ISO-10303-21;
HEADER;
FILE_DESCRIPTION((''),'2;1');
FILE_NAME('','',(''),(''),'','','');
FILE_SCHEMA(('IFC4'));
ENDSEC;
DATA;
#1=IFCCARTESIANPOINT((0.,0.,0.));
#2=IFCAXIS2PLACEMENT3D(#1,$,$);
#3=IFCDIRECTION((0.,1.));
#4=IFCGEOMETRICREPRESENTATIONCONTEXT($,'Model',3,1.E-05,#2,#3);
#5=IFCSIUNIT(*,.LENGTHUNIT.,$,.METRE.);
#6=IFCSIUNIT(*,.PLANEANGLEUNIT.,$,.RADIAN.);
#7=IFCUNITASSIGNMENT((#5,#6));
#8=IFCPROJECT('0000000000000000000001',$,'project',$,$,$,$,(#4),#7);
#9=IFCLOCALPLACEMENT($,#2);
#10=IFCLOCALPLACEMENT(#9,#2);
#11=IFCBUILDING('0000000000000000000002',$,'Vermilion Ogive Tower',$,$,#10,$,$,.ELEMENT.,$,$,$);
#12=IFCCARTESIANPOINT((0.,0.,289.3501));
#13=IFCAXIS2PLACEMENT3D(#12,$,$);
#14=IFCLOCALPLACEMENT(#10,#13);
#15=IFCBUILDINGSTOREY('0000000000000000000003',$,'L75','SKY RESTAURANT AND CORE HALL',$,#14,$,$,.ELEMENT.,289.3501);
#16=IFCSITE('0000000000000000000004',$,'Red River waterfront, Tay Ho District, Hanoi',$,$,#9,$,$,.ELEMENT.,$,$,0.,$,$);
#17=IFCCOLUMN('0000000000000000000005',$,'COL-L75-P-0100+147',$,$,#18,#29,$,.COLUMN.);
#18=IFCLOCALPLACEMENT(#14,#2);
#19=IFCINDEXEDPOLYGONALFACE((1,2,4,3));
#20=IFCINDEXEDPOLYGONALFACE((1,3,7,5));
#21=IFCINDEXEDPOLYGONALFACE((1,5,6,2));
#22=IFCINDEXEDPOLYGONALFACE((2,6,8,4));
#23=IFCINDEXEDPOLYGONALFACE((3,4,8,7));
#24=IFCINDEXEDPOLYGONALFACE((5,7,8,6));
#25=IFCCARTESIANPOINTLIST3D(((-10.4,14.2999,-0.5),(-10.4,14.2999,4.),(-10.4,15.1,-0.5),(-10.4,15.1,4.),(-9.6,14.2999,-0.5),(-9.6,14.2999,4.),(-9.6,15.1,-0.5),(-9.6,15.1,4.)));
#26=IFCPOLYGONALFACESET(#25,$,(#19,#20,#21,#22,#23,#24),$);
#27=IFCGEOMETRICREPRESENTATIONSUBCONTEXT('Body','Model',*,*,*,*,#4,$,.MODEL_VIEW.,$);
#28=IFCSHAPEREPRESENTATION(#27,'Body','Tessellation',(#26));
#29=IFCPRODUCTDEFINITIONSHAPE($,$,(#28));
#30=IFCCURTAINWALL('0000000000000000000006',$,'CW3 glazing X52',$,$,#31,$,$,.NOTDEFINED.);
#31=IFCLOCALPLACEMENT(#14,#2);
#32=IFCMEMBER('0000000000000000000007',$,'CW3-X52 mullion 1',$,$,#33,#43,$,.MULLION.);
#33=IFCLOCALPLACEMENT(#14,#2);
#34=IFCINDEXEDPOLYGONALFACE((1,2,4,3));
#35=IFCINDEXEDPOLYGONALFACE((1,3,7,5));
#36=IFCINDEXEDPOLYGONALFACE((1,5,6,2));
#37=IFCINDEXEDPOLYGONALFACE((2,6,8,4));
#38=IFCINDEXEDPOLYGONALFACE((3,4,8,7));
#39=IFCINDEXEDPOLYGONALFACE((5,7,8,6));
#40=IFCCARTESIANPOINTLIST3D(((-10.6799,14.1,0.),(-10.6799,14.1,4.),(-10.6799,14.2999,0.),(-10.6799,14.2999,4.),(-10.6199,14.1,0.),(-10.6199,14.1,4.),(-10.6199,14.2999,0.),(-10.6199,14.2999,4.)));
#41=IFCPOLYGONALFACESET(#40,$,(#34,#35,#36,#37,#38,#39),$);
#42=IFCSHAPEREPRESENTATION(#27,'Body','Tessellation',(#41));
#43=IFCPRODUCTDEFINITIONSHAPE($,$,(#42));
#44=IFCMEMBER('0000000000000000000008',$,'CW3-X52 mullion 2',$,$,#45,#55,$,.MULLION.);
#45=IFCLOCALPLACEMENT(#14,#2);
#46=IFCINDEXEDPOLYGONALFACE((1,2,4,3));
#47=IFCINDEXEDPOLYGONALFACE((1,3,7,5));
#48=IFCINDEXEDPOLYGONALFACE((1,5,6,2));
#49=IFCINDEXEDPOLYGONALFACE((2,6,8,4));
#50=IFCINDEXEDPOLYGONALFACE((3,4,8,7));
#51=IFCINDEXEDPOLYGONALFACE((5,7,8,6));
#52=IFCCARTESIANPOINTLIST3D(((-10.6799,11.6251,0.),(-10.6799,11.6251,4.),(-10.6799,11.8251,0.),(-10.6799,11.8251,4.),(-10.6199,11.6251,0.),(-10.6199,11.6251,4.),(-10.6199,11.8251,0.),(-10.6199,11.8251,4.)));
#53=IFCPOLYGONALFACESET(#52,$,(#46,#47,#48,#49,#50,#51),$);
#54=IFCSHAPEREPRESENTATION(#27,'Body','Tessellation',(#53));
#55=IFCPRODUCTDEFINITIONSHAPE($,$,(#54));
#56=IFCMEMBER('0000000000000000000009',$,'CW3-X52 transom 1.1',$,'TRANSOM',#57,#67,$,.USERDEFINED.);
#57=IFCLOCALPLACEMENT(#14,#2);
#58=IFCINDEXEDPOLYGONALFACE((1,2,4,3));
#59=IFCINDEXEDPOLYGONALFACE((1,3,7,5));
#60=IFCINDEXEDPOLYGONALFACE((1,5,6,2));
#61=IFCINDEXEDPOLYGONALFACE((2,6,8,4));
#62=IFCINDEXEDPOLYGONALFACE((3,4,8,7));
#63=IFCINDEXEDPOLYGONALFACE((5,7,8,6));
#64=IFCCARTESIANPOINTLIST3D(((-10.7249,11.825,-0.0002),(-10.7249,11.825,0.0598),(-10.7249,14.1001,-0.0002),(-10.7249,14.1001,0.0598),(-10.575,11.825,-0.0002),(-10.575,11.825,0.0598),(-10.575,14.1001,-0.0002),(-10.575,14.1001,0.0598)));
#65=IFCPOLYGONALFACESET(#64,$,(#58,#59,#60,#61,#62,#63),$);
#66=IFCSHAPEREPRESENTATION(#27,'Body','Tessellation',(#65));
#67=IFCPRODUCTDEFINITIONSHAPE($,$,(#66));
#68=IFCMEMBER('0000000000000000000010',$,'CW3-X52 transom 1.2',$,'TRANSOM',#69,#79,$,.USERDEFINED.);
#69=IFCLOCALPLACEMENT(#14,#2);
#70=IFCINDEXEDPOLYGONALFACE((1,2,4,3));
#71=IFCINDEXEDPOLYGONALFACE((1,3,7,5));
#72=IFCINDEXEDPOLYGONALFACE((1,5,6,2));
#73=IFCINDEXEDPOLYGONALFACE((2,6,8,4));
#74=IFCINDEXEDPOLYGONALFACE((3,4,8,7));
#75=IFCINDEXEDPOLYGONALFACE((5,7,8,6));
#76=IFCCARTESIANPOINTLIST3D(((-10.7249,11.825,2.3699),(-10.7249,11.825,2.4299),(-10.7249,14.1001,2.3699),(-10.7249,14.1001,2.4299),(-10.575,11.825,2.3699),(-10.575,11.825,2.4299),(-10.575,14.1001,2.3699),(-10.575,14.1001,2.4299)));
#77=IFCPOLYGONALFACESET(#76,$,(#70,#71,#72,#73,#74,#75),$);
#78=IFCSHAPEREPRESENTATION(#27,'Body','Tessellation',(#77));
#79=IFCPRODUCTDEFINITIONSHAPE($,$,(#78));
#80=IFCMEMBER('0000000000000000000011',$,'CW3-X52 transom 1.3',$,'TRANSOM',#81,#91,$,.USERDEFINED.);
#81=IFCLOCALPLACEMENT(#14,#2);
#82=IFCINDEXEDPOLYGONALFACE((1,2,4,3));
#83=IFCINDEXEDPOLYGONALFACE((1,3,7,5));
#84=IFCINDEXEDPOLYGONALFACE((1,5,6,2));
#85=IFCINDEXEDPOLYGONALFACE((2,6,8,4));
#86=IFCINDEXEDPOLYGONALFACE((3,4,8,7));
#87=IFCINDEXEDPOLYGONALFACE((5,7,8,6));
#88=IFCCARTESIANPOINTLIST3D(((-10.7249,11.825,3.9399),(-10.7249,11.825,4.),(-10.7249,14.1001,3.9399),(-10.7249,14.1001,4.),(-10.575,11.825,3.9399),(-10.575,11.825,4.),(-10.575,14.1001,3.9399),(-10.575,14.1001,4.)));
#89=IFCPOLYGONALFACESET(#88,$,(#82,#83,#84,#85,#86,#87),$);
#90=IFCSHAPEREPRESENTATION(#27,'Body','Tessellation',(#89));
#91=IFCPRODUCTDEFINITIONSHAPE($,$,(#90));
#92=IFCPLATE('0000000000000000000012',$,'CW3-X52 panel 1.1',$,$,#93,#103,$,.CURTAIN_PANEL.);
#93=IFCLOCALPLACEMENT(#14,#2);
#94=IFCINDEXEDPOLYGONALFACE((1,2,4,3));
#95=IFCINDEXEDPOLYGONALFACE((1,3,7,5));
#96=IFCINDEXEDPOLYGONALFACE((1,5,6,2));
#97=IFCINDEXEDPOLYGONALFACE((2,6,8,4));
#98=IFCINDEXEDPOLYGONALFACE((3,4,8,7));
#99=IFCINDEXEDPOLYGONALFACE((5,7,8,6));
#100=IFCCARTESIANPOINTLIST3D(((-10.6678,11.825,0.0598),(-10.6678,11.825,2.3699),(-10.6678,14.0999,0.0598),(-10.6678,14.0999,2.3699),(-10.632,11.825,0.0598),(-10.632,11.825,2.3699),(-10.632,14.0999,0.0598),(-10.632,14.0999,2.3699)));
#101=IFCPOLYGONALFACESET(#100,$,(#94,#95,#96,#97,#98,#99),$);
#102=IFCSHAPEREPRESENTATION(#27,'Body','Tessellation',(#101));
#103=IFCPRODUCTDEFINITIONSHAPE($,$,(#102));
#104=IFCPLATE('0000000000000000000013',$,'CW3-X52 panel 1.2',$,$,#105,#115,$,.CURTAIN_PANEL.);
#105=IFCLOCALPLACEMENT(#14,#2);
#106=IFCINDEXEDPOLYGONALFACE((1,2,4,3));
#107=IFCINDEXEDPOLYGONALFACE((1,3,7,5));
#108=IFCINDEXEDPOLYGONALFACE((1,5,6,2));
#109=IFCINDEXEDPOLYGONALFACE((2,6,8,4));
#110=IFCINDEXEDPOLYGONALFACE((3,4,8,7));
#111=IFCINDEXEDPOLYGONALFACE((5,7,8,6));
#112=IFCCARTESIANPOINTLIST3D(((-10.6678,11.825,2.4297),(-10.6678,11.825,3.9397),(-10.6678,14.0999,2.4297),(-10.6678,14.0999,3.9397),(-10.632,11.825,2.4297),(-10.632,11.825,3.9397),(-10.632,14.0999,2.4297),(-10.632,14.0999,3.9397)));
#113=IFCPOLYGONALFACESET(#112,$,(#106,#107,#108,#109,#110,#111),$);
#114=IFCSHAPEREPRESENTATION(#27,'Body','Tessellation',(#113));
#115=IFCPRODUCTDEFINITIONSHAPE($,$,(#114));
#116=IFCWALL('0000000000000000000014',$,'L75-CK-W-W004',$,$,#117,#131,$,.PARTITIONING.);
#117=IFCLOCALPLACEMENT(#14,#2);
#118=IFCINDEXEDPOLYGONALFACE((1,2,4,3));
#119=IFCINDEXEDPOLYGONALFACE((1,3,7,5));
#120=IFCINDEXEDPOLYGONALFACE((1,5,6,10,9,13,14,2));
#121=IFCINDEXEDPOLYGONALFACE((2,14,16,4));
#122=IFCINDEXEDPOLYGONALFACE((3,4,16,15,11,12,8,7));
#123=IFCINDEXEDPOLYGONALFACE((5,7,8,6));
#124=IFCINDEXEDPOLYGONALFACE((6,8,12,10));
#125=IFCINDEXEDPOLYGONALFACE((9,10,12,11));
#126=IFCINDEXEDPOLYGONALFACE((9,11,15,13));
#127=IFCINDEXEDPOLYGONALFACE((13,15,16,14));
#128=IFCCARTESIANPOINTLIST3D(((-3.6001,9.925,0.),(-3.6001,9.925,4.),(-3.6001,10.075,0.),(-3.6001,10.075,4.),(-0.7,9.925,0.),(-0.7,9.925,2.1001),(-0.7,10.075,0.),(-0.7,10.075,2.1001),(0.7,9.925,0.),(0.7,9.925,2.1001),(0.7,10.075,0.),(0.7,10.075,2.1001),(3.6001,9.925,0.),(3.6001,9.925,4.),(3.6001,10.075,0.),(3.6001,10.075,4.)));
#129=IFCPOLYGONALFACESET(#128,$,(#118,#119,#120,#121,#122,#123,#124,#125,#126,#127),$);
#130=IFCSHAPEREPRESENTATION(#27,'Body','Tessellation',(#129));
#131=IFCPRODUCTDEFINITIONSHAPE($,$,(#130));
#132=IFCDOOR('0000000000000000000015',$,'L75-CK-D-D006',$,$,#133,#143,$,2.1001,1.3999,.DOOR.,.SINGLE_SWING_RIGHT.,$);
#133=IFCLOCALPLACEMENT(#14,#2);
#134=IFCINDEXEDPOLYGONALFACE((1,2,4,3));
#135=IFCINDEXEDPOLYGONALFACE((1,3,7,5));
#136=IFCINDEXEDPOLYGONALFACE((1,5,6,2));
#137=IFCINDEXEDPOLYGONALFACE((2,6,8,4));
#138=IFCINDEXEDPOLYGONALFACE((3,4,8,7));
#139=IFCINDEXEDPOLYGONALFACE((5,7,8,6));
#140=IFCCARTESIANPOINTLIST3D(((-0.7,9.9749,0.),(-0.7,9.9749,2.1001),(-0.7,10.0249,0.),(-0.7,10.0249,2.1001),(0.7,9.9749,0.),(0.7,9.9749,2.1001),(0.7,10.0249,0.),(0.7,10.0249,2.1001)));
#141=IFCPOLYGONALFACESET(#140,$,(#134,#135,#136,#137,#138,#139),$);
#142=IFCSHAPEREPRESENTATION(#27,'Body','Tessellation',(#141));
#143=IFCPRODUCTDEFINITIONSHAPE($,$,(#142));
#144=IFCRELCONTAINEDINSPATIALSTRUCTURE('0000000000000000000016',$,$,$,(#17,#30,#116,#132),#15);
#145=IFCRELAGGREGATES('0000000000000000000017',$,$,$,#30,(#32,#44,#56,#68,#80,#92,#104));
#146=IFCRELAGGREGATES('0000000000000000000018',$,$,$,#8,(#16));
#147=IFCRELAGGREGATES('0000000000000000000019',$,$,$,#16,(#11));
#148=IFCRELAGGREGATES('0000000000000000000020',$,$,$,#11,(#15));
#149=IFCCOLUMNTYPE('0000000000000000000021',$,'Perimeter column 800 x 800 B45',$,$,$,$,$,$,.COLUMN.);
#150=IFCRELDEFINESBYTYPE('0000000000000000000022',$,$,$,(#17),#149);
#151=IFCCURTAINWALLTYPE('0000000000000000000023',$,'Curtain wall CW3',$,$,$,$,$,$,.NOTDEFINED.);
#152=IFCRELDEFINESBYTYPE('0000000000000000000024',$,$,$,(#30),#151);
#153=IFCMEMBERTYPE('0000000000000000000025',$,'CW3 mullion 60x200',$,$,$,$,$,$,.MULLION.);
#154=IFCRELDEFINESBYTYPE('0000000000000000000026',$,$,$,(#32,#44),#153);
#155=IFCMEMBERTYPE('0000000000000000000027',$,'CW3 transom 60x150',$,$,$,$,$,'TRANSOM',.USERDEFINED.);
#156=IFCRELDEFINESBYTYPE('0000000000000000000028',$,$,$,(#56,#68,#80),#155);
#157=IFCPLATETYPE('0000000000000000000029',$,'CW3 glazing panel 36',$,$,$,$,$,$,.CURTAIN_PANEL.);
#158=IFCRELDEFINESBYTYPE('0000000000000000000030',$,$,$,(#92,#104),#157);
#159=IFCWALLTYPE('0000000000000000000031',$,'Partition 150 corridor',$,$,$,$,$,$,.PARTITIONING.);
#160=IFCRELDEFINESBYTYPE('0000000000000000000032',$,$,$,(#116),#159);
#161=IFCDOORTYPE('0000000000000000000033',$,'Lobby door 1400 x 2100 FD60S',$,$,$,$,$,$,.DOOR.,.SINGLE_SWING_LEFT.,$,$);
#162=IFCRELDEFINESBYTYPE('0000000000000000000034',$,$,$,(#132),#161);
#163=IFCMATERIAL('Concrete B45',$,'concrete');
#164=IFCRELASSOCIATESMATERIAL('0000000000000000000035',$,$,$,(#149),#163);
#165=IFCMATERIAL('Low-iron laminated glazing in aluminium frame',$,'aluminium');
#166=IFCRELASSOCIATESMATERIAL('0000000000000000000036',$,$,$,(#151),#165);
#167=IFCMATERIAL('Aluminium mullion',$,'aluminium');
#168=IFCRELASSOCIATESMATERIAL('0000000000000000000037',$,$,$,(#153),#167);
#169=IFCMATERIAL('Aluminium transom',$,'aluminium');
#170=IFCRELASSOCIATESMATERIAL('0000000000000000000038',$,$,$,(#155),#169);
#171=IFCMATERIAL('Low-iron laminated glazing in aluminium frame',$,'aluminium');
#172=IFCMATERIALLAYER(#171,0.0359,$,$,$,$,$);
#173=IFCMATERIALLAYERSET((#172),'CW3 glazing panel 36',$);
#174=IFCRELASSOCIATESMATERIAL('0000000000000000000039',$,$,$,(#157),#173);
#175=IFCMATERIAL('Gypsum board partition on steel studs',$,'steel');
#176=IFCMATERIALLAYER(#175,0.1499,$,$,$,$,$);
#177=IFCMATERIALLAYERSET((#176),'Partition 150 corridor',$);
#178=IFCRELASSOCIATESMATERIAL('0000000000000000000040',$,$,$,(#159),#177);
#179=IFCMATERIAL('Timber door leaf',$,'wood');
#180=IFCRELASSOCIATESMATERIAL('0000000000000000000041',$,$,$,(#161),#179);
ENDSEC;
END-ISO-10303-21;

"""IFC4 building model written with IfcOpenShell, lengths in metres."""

from ifc_helpers import new_model, si_unit, direction, frame, frame_2d, origin, origin_2d, place, context, subcontext, project, spatial, rectangle, extrude, material, layer, layer_set, material_profile, profile_set, type_object, element, fill, aggregate, save


model = new_model("IFC4")

# Units and contexts
model_context = context("Model", 3, precision=1e-05, world=origin(), true_north=direction((0.0, 1.0)))
body_context = subcontext(model_context, "Body", "Model", "MODEL_VIEW")
ifc_project = project(units=[si_unit("LENGTHUNIT", "METRE"), si_unit("PLANEANGLEUNIT", "RADIAN")], contexts=[model_context])

# Site, building, storey
site_placement = place(None, origin())
site = spatial("IfcSite", under=ifc_project, at=site_placement, Name="Red River waterfront, Tay Ho District, Hanoi", CompositionType="ELEMENT", RefElevation=0.0)
building_placement = place(site_placement, origin())
building = spatial("IfcBuilding", under=site, at=building_placement, Name="Vermilion Ogive Tower", CompositionType="ELEMENT")
storey_placement = place(building_placement, frame((0.0, 0.0, 289.3501)))
storey = spatial("IfcBuildingStorey", under=building, at=storey_placement, Name="L75", Description="SKY RESTAURANT AND CORE HALL", CompositionType="ELEMENT", Elevation=289.3501)

# Column
ifc_material_1 = material(Name="Concrete B45", Category="concrete")
ifc_material_profile_1 = material_profile(ifc_material_1, rectangle(XDim=0.8, YDim=0.8, at=origin_2d()), Name="800 x 800")
ifc_profile_set_1 = profile_set([ifc_material_profile_1], Name="Concrete B45")
column_type = type_object("IfcColumnType", Name="Perimeter column 800 x 800 B45", PredefinedType="COLUMN", material=ifc_profile_set_1)
column_placement = place(storey_placement, frame((-10.0, 14.7, -0.5), z_axis=(0.0, 0.0, 1.0), x_axis=(1.0, 0.0, 0.0)))
element("IfcColumn", 1, at=column_placement, inside=storey, type_object=column_type, Name="COL-L75-P-0100+147", PredefinedType="COLUMN", context=body_context, shape_type="SweptSolid", body=[
    extrude(rectangle(XDim=0.8, YDim=0.8, at=origin_2d()), origin(), (0.0, 0.0, 1.0), 4.5),
])

# Curtain wall, members, plates
ifc_material_2 = material(Name="Low-iron laminated glazing in aluminium frame", Category="aluminium")
curtain_wall_type = type_object("IfcCurtainWallType", Name="Curtain wall CW3", PredefinedType="NOTDEFINED", material=ifc_material_2)
curtain_wall_placement = place(storey_placement, origin())
curtain_wall = element("IfcCurtainWall", 2, at=curtain_wall_placement, inside=storey, type_object=curtain_wall_type, Name="CW3 glazing X52", PredefinedType="NOTDEFINED")
ifc_material_3 = material(Name="Aluminium mullion", Category="aluminium")
ifc_material_profile_2 = material_profile(ifc_material_3, rectangle(XDim=0.0601, YDim=0.2, at=origin_2d()), Name="AL 60x200")
ifc_profile_set_2 = profile_set([ifc_material_profile_2], Name="Aluminium mullion")
member_type_1 = type_object("IfcMemberType", Name="CW3 mullion 60x200", PredefinedType="MULLION", material=ifc_profile_set_2)
member_1_placement = place(storey_placement, frame((-10.6499, 14.2, 0.0), z_axis=(0.0, 0.0, 1.0), x_axis=(1.0, 0.0, 0.0)))
member_1 = element("IfcMember", 3, at=member_1_placement, type_object=member_type_1, Name="CW3-X52 mullion 1", PredefinedType="MULLION", context=body_context, shape_type="SweptSolid", body=[
    extrude(rectangle(XDim=0.0601, YDim=0.2, at=origin_2d()), origin(), (0.0, 0.0, 1.0), 4.0),
])
member_2_placement = place(storey_placement, frame((-10.6499, 11.7251, 0.0), z_axis=(0.0, 0.0, 1.0), x_axis=(1.0, 0.0, 0.0)))
member_2 = element("IfcMember", 4, at=member_2_placement, type_object=member_type_1, Name="CW3-X52 mullion 2", PredefinedType="MULLION", context=body_context, shape_type="SweptSolid", body=[
    extrude(rectangle(XDim=0.0601, YDim=0.2, at=origin_2d()), origin(), (0.0, 0.0, 1.0), 4.0),
])
ifc_material_4 = material(Name="Aluminium transom", Category="aluminium")
ifc_material_profile_3 = material_profile(ifc_material_4, rectangle(XDim=0.1499, YDim=0.0601, at=origin_2d()), Name="AL 60x150")
ifc_profile_set_3 = profile_set([ifc_material_profile_3], Name="Aluminium transom")
member_type_2 = type_object("IfcMemberType", Name="CW3 transom 60x150", ElementType="TRANSOM", PredefinedType="USERDEFINED", material=ifc_profile_set_3)
member_3_placement = place(storey_placement, frame((-10.6499, 14.1001, 0.0298), z_axis=(0.0, -1.0, 0.0), x_axis=(1.0, 0.0, 0.0)))
member_3 = element("IfcMember", 5, at=member_3_placement, type_object=member_type_2, Name="CW3-X52 transom 1.1", ObjectType="TRANSOM", PredefinedType="USERDEFINED", context=body_context, shape_type="SweptSolid", body=[
    extrude(rectangle(XDim=0.1499, YDim=0.0601, at=origin_2d()), origin(), (0.0, 0.0, 1.0), 2.2751),
])
member_4_placement = place(storey_placement, frame((-10.6499, 14.1001, 2.3999), z_axis=(0.0, -1.0, 0.0), x_axis=(1.0, 0.0, 0.0)))
member_4 = element("IfcMember", 6, at=member_4_placement, type_object=member_type_2, Name="CW3-X52 transom 1.2", ObjectType="TRANSOM", PredefinedType="USERDEFINED", context=body_context, shape_type="SweptSolid", body=[
    extrude(rectangle(XDim=0.1499, YDim=0.0601, at=origin_2d()), origin(), (0.0, 0.0, 1.0), 2.2751),
])
member_5_placement = place(storey_placement, frame((-10.6499, 14.1001, 3.97), z_axis=(0.0, -1.0, 0.0), x_axis=(1.0, 0.0, 0.0)))
member_5 = element("IfcMember", 7, at=member_5_placement, type_object=member_type_2, Name="CW3-X52 transom 1.3", ObjectType="TRANSOM", PredefinedType="USERDEFINED", context=body_context, shape_type="SweptSolid", body=[
    extrude(rectangle(XDim=0.1499, YDim=0.0601, at=origin_2d()), origin(), (0.0, 0.0, 1.0), 2.2751),
])
ifc_material_5 = material(Name="Low-iron laminated glazing in aluminium frame", Category="aluminium")
ifc_layer_1 = layer(ifc_material_5, 0.0359)
ifc_layer_set_1 = layer_set([ifc_layer_1], Name="CW3 glazing panel 36")
plate_type = type_object("IfcPlateType", Name="CW3 glazing panel 36", PredefinedType="CURTAIN_PANEL", material=ifc_layer_set_1)
plate_1_placement = place(storey_placement, frame((-10.6499, 12.9624, 0.0598), z_axis=(0.0, 0.0, 1.0), x_axis=(0.0, -1.0, 0.0)))
plate_1 = element("IfcPlate", 8, at=plate_1_placement, type_object=plate_type, Name="CW3-X52 panel 1.1", PredefinedType="CURTAIN_PANEL", context=body_context, shape_type="SweptSolid", body=[
    extrude(rectangle(XDim=2.2749, YDim=0.0359, at=origin_2d()), origin(), (0.0, 0.0, 1.0), 2.3101),
])
plate_2_placement = place(storey_placement, frame((-10.6499, 12.9624, 2.4297), z_axis=(0.0, 0.0, 1.0), x_axis=(0.0, -1.0, 0.0)))
plate_2 = element("IfcPlate", 9, at=plate_2_placement, type_object=plate_type, Name="CW3-X52 panel 1.2", PredefinedType="CURTAIN_PANEL", context=body_context, shape_type="SweptSolid", body=[
    extrude(rectangle(XDim=2.2749, YDim=0.0359, at=origin_2d()), origin(), (0.0, 0.0, 1.0), 1.51),
])
aggregate(curtain_wall, [member_1, member_2, member_3, member_4, member_5, plate_1, plate_2])

# Wall, opening, door
ifc_material_6 = material(Name="Gypsum board partition on steel studs", Category="steel")
ifc_layer_2 = layer(ifc_material_6, 0.1499)
ifc_layer_set_2 = layer_set([ifc_layer_2], Name="Partition 150 corridor")
wall_type_1 = type_object("IfcWallType", Name="Partition 150 corridor", PredefinedType="PARTITIONING", material=ifc_layer_set_2)
wall_1_placement = place(storey_placement, frame((-3.6001, 10.0, 0.0), z_axis=(0.0, 0.0, 1.0), x_axis=(1.0, 0.0, 0.0)))
wall_1 = element("IfcWall", 10, at=wall_1_placement, inside=storey, type_object=wall_type_1, Name="L75-CK-W-W004", PredefinedType="PARTITIONING", context=body_context, shape_type="SweptSolid", body=[
    extrude(rectangle(XDim=7.2002, YDim=0.1499, at=frame_2d((3.6001, 0.0))), origin(), (0.0, 0.0, 1.0), 4.0),
])
opening_1_placement = place(wall_1_placement, frame((2.9001, 0.0, 0.0)))
opening_1 = element("IfcOpeningElement", 11, at=opening_1_placement, cuts=wall_1, PredefinedType="OPENING", context=body_context, shape_type="SweptSolid", body=[
    extrude(rectangle(XDim=1.3999, YDim=2.1001, at=frame_2d((0.7, 1.05))), frame((0.0, 0.085, 0.0), z_axis=(0.0, -1.0, 0.0), x_axis=(1.0, 0.0, 0.0)), (0.0, 0.0, 1.0), 0.1699),
])
ifc_material_7 = material(Name="Timber door leaf", Category="wood")
door_type_1 = type_object("IfcDoorType", Name="Lobby door 1400 x 2100 FD60S", OperationType="SINGLE_SWING_LEFT", PredefinedType="DOOR", material=ifc_material_7)
door_1_placement = place(opening_1_placement, origin())
door_1 = element("IfcDoor", 12, at=door_1_placement, inside=storey, type_object=door_type_1, Name="L75-CK-D-D006", OperationType="SINGLE_SWING_RIGHT", OverallHeight=2.1001, OverallWidth=1.3999, PredefinedType="DOOR", context=body_context, shape_type="SweptSolid", body=[
    extrude(rectangle(XDim=1.3999, YDim=2.1001, at=frame_2d((0.7, 1.05))), frame((0.0, 0.0249, 0.0), z_axis=(0.0, -1.0, 0.0), x_axis=(1.0, 0.0, 0.0)), (0.0, 0.0, 1.0), 0.05),
])
fill(opening_1, door_1)

save(model, "model.ifc")
